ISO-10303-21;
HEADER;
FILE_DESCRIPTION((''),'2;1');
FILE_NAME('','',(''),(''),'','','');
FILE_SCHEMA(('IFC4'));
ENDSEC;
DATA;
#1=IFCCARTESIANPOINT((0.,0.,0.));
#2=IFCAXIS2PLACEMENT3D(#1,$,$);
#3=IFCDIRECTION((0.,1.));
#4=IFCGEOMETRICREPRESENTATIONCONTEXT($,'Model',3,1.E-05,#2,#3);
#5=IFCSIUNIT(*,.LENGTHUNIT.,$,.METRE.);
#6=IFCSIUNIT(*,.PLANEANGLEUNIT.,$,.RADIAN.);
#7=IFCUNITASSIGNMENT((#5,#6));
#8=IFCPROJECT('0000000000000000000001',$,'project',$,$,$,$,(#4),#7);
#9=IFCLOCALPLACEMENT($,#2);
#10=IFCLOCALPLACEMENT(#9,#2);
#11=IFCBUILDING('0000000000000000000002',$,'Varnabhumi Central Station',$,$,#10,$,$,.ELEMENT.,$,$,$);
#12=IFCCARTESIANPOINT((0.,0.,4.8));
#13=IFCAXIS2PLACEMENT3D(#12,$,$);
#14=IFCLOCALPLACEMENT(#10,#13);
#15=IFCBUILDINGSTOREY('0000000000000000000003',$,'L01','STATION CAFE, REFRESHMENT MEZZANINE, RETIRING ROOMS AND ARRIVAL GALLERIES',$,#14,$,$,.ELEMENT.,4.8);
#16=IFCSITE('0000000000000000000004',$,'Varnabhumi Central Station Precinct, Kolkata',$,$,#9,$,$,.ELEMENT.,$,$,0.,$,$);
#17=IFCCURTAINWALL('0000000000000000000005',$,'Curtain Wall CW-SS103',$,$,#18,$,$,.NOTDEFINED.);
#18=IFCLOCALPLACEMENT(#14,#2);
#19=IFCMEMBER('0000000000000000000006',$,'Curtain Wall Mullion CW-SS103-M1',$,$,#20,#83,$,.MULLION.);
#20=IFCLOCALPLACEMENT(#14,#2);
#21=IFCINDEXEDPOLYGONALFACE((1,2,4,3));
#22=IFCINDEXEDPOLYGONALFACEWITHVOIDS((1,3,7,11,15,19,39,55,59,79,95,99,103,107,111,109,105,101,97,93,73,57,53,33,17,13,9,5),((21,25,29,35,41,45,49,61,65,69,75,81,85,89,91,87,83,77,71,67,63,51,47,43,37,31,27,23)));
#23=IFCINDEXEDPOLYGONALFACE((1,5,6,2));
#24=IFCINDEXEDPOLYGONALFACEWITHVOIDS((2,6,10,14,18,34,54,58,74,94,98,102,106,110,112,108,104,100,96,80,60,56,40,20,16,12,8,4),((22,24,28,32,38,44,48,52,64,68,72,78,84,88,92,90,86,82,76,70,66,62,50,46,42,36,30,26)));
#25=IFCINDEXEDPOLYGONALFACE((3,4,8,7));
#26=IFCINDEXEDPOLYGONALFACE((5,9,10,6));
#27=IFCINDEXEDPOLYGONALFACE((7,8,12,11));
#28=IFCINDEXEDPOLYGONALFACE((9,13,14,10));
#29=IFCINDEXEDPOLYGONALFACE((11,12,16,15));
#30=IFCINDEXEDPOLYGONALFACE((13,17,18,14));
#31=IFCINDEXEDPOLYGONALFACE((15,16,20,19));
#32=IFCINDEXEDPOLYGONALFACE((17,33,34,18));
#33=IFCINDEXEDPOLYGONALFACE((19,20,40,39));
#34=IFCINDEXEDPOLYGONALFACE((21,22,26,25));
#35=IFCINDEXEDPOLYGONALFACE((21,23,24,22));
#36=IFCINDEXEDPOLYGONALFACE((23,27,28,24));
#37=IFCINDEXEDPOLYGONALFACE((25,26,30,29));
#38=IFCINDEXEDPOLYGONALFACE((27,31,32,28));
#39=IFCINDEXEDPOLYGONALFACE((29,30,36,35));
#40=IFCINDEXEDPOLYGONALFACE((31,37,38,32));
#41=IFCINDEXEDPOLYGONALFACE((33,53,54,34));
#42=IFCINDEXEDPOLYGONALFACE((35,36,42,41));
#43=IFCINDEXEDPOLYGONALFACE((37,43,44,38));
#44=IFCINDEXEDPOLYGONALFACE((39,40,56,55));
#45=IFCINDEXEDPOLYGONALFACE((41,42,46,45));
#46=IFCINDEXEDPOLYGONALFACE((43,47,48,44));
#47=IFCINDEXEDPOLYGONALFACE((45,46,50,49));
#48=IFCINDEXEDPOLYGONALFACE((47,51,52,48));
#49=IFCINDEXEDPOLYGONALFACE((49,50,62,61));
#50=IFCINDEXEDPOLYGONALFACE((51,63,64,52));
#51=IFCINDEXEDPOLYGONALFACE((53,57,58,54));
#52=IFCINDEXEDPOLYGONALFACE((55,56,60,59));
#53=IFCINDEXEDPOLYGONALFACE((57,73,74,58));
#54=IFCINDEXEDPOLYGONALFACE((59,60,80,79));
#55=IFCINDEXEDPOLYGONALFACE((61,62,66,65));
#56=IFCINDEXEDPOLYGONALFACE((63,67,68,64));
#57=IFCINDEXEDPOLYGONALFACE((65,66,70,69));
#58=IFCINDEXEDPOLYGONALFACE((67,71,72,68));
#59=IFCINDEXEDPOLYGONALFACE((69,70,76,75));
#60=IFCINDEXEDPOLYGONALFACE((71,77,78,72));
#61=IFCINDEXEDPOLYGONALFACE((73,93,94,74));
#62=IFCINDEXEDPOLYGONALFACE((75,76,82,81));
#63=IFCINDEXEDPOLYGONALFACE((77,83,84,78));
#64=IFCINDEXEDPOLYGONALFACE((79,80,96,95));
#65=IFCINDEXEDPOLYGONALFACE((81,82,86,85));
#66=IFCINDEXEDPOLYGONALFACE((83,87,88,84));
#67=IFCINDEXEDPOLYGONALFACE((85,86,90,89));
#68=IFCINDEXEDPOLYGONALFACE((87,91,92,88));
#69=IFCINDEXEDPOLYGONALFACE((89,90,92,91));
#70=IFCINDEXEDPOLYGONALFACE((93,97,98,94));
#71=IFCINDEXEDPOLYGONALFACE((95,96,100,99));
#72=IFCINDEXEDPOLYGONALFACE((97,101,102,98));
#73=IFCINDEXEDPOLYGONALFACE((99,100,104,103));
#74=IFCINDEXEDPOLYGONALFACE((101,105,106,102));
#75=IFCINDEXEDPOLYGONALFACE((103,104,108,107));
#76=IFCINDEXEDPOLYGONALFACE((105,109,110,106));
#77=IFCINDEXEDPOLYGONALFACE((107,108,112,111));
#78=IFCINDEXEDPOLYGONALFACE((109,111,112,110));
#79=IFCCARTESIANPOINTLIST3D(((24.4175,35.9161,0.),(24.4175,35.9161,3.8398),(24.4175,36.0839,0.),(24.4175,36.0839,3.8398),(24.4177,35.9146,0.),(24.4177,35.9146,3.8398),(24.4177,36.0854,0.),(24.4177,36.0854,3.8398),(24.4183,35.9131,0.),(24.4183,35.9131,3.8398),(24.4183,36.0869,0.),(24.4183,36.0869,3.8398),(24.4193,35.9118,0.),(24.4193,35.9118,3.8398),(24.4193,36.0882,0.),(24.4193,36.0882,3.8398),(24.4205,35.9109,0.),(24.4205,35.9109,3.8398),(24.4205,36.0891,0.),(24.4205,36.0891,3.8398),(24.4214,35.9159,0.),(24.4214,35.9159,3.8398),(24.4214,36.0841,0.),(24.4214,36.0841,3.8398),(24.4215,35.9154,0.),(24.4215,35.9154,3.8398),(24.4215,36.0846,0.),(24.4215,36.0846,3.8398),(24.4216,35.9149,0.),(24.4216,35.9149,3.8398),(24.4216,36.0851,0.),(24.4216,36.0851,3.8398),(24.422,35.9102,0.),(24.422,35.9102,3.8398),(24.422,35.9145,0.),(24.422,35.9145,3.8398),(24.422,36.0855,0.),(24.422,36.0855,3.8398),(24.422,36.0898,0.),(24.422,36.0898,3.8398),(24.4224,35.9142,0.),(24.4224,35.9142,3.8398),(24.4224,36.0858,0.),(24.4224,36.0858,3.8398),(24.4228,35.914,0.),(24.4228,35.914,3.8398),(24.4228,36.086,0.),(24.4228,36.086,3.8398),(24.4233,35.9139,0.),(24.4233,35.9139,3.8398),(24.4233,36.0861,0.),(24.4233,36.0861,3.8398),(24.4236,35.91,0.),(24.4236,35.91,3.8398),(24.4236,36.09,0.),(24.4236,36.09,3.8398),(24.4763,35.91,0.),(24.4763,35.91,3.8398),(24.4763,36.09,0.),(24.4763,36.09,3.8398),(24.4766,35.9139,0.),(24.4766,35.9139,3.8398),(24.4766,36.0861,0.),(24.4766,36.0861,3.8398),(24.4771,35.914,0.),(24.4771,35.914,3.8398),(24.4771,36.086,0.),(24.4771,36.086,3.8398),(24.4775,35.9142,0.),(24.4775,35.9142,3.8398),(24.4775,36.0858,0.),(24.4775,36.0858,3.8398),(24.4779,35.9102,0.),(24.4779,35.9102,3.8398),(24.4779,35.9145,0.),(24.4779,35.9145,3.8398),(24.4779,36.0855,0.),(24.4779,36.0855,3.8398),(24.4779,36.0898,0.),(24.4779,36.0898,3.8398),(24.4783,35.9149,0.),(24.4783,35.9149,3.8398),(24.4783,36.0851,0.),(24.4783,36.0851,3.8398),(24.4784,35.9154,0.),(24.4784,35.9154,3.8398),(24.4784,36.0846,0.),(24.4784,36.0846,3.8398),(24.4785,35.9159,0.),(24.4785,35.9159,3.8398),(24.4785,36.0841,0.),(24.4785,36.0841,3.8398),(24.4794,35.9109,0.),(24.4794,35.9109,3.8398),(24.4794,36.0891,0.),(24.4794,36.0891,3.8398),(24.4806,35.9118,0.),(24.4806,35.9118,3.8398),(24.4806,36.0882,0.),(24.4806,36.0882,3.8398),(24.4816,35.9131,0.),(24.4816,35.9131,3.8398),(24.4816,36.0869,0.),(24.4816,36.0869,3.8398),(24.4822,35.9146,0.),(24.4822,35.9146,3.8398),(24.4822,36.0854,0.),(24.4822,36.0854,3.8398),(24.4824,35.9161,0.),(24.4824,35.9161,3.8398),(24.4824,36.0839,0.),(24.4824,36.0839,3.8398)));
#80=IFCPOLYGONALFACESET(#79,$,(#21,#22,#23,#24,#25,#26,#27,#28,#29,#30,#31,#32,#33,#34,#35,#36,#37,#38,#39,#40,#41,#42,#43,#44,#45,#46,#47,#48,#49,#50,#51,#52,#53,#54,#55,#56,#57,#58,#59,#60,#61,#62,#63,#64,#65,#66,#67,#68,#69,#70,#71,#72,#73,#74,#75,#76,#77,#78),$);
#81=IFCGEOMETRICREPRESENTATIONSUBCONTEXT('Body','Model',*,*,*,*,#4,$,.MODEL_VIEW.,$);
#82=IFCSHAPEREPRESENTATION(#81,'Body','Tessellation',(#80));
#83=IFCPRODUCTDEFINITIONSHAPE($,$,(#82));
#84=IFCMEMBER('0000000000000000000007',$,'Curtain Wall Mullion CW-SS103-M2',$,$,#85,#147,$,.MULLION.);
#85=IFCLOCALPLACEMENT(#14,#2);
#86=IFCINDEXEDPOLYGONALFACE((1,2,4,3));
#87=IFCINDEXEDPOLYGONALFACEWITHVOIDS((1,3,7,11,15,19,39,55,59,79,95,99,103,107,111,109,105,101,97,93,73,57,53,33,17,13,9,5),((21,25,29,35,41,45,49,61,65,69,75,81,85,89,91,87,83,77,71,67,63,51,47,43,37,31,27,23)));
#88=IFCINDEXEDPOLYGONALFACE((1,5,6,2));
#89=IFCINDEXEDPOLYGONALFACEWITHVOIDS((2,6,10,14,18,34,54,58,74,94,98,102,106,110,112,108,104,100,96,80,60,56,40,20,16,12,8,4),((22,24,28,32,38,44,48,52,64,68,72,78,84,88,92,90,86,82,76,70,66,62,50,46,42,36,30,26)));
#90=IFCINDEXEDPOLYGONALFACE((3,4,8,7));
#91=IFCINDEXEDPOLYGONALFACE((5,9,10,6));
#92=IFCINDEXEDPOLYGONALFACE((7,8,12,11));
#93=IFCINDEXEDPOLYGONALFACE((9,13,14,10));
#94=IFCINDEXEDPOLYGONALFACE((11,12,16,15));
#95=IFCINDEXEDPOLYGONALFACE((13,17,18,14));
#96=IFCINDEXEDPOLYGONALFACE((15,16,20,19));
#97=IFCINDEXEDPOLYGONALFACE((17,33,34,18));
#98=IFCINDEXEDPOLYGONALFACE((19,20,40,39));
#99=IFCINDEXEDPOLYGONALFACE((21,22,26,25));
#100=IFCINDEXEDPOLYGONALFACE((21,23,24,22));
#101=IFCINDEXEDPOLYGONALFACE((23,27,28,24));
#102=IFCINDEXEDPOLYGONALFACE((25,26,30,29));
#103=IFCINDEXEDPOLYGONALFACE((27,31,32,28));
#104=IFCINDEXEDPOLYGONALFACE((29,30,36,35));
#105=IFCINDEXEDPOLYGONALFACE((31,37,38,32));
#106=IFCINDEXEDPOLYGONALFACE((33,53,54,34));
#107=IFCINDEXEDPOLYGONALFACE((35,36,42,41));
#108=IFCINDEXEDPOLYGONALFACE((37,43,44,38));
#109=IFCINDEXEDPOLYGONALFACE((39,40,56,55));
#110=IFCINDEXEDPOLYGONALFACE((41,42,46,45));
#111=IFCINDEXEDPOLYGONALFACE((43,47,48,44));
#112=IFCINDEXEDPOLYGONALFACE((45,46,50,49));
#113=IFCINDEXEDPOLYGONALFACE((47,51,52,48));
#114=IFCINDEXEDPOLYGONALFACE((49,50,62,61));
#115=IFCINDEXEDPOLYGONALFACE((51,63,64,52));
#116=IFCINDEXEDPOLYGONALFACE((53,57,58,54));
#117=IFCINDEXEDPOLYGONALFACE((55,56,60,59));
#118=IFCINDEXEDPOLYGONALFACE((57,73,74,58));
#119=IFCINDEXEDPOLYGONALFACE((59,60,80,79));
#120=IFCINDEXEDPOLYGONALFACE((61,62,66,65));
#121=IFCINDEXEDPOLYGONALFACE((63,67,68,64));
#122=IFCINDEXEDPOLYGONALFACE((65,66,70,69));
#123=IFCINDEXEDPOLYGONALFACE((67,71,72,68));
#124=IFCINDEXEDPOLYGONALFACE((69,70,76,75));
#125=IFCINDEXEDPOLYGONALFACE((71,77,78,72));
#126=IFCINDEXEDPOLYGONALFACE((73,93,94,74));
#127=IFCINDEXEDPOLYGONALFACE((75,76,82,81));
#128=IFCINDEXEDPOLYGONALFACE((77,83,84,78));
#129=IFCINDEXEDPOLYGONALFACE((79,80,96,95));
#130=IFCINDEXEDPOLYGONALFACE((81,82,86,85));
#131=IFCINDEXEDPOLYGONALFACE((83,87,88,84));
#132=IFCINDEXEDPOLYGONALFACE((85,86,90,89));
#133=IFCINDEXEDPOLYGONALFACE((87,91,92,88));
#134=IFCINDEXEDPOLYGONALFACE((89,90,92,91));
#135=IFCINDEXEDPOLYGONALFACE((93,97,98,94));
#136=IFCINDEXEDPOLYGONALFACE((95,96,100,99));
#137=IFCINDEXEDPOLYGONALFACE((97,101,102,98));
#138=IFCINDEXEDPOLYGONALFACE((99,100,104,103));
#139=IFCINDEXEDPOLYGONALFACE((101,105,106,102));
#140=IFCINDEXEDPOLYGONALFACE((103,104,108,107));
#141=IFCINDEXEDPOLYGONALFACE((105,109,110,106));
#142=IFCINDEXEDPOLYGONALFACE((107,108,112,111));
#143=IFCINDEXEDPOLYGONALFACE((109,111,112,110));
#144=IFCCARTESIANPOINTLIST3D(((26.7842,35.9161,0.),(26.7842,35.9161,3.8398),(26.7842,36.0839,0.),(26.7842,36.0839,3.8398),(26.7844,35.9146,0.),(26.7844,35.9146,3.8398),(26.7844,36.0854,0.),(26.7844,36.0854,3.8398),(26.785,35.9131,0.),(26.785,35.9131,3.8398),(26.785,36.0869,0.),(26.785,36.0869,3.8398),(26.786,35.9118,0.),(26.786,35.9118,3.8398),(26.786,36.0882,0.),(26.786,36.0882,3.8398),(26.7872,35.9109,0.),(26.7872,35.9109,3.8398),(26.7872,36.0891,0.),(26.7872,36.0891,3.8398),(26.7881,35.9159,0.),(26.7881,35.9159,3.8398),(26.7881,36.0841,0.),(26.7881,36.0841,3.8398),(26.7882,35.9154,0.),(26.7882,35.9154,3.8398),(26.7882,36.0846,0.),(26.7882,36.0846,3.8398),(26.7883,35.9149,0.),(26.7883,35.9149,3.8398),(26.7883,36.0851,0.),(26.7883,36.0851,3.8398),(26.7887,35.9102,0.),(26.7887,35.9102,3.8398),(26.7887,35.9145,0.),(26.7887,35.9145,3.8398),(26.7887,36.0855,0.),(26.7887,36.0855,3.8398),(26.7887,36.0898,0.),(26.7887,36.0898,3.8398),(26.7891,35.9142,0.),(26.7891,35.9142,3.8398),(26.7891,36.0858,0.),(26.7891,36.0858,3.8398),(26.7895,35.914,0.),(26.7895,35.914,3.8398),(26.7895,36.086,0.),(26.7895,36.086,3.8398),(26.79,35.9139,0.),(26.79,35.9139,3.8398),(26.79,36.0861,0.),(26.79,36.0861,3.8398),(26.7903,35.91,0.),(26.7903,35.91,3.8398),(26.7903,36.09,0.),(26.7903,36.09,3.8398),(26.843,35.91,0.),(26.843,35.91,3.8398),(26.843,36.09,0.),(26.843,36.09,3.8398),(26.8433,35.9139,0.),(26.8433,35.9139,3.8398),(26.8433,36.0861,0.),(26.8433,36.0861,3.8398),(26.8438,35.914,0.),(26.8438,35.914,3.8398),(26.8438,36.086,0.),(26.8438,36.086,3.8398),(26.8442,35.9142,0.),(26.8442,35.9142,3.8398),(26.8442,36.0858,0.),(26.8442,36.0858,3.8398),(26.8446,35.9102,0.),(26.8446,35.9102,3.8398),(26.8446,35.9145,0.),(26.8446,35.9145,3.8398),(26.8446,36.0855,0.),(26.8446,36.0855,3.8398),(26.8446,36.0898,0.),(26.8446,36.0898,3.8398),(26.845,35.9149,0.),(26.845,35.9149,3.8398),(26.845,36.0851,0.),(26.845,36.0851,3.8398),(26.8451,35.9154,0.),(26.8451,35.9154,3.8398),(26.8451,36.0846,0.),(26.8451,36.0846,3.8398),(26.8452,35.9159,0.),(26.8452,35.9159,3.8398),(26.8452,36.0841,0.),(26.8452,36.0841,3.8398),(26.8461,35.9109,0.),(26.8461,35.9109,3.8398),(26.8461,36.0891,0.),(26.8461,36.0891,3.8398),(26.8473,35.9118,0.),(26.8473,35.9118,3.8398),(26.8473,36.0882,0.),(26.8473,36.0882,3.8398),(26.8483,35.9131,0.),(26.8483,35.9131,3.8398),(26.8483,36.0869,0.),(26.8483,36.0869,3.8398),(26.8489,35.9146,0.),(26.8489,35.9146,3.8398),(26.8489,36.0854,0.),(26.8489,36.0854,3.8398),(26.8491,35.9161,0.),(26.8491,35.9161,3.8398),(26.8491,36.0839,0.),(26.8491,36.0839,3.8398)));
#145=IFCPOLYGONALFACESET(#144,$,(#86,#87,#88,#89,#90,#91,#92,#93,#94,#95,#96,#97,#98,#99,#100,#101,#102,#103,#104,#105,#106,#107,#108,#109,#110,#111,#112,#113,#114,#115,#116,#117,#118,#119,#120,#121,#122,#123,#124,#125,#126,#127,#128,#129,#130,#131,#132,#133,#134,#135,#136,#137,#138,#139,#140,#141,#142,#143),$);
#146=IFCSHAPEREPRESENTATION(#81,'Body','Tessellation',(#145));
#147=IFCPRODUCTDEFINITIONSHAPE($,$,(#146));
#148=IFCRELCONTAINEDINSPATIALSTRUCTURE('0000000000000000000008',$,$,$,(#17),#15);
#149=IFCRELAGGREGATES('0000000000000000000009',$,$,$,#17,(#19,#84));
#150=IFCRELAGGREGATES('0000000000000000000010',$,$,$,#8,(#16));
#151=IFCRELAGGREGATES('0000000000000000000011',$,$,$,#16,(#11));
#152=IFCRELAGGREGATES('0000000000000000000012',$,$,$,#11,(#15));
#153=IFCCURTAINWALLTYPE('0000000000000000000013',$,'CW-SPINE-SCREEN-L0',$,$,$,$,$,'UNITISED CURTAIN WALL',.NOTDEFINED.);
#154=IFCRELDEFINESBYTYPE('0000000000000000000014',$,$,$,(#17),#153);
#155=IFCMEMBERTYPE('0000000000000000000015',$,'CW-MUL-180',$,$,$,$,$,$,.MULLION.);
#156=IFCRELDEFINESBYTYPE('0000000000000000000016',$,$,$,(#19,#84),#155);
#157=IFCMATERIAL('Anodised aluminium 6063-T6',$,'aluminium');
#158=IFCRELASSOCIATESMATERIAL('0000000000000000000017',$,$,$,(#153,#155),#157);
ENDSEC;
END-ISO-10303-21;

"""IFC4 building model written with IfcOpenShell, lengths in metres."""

from ifc_helpers import new_model, si_unit, direction, frame, origin, origin_2d, place, context, subcontext, project, spatial, hollow_rectangle, extrude, material, material_profile, profile_set, type_object, element, aggregate, save


model = new_model("IFC4")

# Units and contexts
model_context = context("Model", 3, precision=1e-05, world=origin(), true_north=direction((0.0, 1.0)))
body_context = subcontext(model_context, "Body", "Model", "MODEL_VIEW")
ifc_project = project(units=[si_unit("LENGTHUNIT", "METRE"), si_unit("PLANEANGLEUNIT", "RADIAN")], contexts=[model_context])

# Site, building, storey
site_placement = place(None, origin())
site = spatial("IfcSite", under=ifc_project, at=site_placement, Name="Varnabhumi Central Station Precinct, Kolkata", CompositionType="ELEMENT", RefElevation=0.0)
building_placement = place(site_placement, origin())
building = spatial("IfcBuilding", under=site, at=building_placement, Name="Varnabhumi Central Station", CompositionType="ELEMENT")
storey_placement = place(building_placement, frame((0.0, 0.0, 4.8)))
storey = spatial("IfcBuildingStorey", under=building, at=storey_placement, Name="L01", Description="STATION CAFE, REFRESHMENT MEZZANINE, RETIRING ROOMS AND ARRIVAL GALLERIES", CompositionType="ELEMENT", Elevation=4.8)

# Curtain wall, members
ifc_material_1 = material(Name="Anodised aluminium 6063-T6", Category="aluminium")
curtain_wall_type = type_object("IfcCurtainWallType", Name="CW-SPINE-SCREEN-L0", ElementType="UNITISED CURTAIN WALL", PredefinedType="NOTDEFINED", material=ifc_material_1)
curtain_wall_placement = place(storey_placement, origin())
curtain_wall = element("IfcCurtainWall", 1, at=curtain_wall_placement, inside=storey, type_object=curtain_wall_type, Name="Curtain Wall CW-SS103", PredefinedType="NOTDEFINED")
ifc_material_profile_1 = material_profile(ifc_material_1, hollow_rectangle(XDim=0.0649, YDim=0.1799, WallThickness=0.0039, InnerFilletRadius=0.002, OuterFilletRadius=0.0061, at=origin_2d()), Name="Anodised aluminium 6063-T6", Category="aluminium")
ifc_profile_set_1 = profile_set([ifc_material_profile_1], Name="Anodised aluminium 6063-T6")
member_type_1 = type_object("IfcMemberType", Name="CW-MUL-180", PredefinedType="MULLION", material=ifc_profile_set_1)
member_1_placement = place(storey_placement, frame((24.45, 36.0, 0.0), z_axis=(0.0, 0.0, 1.0), x_axis=(1.0, 0.0, 0.0)))
member_1 = element("IfcMember", 2, at=member_1_placement, type_object=member_type_1, Name="Curtain Wall Mullion CW-SS103-M1", PredefinedType="MULLION", context=body_context, shape_type="SweptSolid", body=[
    extrude(hollow_rectangle(XDim=0.0649, YDim=0.1799, WallThickness=0.0039, InnerFilletRadius=0.002, OuterFilletRadius=0.0061, at=origin_2d()), origin(), (0.0, 0.0, 1.0), 3.8398),
])
member_2_placement = place(storey_placement, frame((26.8167, 36.0, 0.0), z_axis=(0.0, 0.0, 1.0), x_axis=(1.0, 0.0, 0.0)))
member_2 = element("IfcMember", 3, at=member_2_placement, type_object=member_type_1, Name="Curtain Wall Mullion CW-SS103-M2", PredefinedType="MULLION", context=body_context, shape_type="SweptSolid", body=[
    extrude(hollow_rectangle(XDim=0.0649, YDim=0.1799, WallThickness=0.0039, InnerFilletRadius=0.002, OuterFilletRadius=0.0061, at=origin_2d()), origin(), (0.0, 0.0, 1.0), 3.8398),
])

aggregate(curtain_wall, [member_1, member_2])

save(model, "model.ifc")
